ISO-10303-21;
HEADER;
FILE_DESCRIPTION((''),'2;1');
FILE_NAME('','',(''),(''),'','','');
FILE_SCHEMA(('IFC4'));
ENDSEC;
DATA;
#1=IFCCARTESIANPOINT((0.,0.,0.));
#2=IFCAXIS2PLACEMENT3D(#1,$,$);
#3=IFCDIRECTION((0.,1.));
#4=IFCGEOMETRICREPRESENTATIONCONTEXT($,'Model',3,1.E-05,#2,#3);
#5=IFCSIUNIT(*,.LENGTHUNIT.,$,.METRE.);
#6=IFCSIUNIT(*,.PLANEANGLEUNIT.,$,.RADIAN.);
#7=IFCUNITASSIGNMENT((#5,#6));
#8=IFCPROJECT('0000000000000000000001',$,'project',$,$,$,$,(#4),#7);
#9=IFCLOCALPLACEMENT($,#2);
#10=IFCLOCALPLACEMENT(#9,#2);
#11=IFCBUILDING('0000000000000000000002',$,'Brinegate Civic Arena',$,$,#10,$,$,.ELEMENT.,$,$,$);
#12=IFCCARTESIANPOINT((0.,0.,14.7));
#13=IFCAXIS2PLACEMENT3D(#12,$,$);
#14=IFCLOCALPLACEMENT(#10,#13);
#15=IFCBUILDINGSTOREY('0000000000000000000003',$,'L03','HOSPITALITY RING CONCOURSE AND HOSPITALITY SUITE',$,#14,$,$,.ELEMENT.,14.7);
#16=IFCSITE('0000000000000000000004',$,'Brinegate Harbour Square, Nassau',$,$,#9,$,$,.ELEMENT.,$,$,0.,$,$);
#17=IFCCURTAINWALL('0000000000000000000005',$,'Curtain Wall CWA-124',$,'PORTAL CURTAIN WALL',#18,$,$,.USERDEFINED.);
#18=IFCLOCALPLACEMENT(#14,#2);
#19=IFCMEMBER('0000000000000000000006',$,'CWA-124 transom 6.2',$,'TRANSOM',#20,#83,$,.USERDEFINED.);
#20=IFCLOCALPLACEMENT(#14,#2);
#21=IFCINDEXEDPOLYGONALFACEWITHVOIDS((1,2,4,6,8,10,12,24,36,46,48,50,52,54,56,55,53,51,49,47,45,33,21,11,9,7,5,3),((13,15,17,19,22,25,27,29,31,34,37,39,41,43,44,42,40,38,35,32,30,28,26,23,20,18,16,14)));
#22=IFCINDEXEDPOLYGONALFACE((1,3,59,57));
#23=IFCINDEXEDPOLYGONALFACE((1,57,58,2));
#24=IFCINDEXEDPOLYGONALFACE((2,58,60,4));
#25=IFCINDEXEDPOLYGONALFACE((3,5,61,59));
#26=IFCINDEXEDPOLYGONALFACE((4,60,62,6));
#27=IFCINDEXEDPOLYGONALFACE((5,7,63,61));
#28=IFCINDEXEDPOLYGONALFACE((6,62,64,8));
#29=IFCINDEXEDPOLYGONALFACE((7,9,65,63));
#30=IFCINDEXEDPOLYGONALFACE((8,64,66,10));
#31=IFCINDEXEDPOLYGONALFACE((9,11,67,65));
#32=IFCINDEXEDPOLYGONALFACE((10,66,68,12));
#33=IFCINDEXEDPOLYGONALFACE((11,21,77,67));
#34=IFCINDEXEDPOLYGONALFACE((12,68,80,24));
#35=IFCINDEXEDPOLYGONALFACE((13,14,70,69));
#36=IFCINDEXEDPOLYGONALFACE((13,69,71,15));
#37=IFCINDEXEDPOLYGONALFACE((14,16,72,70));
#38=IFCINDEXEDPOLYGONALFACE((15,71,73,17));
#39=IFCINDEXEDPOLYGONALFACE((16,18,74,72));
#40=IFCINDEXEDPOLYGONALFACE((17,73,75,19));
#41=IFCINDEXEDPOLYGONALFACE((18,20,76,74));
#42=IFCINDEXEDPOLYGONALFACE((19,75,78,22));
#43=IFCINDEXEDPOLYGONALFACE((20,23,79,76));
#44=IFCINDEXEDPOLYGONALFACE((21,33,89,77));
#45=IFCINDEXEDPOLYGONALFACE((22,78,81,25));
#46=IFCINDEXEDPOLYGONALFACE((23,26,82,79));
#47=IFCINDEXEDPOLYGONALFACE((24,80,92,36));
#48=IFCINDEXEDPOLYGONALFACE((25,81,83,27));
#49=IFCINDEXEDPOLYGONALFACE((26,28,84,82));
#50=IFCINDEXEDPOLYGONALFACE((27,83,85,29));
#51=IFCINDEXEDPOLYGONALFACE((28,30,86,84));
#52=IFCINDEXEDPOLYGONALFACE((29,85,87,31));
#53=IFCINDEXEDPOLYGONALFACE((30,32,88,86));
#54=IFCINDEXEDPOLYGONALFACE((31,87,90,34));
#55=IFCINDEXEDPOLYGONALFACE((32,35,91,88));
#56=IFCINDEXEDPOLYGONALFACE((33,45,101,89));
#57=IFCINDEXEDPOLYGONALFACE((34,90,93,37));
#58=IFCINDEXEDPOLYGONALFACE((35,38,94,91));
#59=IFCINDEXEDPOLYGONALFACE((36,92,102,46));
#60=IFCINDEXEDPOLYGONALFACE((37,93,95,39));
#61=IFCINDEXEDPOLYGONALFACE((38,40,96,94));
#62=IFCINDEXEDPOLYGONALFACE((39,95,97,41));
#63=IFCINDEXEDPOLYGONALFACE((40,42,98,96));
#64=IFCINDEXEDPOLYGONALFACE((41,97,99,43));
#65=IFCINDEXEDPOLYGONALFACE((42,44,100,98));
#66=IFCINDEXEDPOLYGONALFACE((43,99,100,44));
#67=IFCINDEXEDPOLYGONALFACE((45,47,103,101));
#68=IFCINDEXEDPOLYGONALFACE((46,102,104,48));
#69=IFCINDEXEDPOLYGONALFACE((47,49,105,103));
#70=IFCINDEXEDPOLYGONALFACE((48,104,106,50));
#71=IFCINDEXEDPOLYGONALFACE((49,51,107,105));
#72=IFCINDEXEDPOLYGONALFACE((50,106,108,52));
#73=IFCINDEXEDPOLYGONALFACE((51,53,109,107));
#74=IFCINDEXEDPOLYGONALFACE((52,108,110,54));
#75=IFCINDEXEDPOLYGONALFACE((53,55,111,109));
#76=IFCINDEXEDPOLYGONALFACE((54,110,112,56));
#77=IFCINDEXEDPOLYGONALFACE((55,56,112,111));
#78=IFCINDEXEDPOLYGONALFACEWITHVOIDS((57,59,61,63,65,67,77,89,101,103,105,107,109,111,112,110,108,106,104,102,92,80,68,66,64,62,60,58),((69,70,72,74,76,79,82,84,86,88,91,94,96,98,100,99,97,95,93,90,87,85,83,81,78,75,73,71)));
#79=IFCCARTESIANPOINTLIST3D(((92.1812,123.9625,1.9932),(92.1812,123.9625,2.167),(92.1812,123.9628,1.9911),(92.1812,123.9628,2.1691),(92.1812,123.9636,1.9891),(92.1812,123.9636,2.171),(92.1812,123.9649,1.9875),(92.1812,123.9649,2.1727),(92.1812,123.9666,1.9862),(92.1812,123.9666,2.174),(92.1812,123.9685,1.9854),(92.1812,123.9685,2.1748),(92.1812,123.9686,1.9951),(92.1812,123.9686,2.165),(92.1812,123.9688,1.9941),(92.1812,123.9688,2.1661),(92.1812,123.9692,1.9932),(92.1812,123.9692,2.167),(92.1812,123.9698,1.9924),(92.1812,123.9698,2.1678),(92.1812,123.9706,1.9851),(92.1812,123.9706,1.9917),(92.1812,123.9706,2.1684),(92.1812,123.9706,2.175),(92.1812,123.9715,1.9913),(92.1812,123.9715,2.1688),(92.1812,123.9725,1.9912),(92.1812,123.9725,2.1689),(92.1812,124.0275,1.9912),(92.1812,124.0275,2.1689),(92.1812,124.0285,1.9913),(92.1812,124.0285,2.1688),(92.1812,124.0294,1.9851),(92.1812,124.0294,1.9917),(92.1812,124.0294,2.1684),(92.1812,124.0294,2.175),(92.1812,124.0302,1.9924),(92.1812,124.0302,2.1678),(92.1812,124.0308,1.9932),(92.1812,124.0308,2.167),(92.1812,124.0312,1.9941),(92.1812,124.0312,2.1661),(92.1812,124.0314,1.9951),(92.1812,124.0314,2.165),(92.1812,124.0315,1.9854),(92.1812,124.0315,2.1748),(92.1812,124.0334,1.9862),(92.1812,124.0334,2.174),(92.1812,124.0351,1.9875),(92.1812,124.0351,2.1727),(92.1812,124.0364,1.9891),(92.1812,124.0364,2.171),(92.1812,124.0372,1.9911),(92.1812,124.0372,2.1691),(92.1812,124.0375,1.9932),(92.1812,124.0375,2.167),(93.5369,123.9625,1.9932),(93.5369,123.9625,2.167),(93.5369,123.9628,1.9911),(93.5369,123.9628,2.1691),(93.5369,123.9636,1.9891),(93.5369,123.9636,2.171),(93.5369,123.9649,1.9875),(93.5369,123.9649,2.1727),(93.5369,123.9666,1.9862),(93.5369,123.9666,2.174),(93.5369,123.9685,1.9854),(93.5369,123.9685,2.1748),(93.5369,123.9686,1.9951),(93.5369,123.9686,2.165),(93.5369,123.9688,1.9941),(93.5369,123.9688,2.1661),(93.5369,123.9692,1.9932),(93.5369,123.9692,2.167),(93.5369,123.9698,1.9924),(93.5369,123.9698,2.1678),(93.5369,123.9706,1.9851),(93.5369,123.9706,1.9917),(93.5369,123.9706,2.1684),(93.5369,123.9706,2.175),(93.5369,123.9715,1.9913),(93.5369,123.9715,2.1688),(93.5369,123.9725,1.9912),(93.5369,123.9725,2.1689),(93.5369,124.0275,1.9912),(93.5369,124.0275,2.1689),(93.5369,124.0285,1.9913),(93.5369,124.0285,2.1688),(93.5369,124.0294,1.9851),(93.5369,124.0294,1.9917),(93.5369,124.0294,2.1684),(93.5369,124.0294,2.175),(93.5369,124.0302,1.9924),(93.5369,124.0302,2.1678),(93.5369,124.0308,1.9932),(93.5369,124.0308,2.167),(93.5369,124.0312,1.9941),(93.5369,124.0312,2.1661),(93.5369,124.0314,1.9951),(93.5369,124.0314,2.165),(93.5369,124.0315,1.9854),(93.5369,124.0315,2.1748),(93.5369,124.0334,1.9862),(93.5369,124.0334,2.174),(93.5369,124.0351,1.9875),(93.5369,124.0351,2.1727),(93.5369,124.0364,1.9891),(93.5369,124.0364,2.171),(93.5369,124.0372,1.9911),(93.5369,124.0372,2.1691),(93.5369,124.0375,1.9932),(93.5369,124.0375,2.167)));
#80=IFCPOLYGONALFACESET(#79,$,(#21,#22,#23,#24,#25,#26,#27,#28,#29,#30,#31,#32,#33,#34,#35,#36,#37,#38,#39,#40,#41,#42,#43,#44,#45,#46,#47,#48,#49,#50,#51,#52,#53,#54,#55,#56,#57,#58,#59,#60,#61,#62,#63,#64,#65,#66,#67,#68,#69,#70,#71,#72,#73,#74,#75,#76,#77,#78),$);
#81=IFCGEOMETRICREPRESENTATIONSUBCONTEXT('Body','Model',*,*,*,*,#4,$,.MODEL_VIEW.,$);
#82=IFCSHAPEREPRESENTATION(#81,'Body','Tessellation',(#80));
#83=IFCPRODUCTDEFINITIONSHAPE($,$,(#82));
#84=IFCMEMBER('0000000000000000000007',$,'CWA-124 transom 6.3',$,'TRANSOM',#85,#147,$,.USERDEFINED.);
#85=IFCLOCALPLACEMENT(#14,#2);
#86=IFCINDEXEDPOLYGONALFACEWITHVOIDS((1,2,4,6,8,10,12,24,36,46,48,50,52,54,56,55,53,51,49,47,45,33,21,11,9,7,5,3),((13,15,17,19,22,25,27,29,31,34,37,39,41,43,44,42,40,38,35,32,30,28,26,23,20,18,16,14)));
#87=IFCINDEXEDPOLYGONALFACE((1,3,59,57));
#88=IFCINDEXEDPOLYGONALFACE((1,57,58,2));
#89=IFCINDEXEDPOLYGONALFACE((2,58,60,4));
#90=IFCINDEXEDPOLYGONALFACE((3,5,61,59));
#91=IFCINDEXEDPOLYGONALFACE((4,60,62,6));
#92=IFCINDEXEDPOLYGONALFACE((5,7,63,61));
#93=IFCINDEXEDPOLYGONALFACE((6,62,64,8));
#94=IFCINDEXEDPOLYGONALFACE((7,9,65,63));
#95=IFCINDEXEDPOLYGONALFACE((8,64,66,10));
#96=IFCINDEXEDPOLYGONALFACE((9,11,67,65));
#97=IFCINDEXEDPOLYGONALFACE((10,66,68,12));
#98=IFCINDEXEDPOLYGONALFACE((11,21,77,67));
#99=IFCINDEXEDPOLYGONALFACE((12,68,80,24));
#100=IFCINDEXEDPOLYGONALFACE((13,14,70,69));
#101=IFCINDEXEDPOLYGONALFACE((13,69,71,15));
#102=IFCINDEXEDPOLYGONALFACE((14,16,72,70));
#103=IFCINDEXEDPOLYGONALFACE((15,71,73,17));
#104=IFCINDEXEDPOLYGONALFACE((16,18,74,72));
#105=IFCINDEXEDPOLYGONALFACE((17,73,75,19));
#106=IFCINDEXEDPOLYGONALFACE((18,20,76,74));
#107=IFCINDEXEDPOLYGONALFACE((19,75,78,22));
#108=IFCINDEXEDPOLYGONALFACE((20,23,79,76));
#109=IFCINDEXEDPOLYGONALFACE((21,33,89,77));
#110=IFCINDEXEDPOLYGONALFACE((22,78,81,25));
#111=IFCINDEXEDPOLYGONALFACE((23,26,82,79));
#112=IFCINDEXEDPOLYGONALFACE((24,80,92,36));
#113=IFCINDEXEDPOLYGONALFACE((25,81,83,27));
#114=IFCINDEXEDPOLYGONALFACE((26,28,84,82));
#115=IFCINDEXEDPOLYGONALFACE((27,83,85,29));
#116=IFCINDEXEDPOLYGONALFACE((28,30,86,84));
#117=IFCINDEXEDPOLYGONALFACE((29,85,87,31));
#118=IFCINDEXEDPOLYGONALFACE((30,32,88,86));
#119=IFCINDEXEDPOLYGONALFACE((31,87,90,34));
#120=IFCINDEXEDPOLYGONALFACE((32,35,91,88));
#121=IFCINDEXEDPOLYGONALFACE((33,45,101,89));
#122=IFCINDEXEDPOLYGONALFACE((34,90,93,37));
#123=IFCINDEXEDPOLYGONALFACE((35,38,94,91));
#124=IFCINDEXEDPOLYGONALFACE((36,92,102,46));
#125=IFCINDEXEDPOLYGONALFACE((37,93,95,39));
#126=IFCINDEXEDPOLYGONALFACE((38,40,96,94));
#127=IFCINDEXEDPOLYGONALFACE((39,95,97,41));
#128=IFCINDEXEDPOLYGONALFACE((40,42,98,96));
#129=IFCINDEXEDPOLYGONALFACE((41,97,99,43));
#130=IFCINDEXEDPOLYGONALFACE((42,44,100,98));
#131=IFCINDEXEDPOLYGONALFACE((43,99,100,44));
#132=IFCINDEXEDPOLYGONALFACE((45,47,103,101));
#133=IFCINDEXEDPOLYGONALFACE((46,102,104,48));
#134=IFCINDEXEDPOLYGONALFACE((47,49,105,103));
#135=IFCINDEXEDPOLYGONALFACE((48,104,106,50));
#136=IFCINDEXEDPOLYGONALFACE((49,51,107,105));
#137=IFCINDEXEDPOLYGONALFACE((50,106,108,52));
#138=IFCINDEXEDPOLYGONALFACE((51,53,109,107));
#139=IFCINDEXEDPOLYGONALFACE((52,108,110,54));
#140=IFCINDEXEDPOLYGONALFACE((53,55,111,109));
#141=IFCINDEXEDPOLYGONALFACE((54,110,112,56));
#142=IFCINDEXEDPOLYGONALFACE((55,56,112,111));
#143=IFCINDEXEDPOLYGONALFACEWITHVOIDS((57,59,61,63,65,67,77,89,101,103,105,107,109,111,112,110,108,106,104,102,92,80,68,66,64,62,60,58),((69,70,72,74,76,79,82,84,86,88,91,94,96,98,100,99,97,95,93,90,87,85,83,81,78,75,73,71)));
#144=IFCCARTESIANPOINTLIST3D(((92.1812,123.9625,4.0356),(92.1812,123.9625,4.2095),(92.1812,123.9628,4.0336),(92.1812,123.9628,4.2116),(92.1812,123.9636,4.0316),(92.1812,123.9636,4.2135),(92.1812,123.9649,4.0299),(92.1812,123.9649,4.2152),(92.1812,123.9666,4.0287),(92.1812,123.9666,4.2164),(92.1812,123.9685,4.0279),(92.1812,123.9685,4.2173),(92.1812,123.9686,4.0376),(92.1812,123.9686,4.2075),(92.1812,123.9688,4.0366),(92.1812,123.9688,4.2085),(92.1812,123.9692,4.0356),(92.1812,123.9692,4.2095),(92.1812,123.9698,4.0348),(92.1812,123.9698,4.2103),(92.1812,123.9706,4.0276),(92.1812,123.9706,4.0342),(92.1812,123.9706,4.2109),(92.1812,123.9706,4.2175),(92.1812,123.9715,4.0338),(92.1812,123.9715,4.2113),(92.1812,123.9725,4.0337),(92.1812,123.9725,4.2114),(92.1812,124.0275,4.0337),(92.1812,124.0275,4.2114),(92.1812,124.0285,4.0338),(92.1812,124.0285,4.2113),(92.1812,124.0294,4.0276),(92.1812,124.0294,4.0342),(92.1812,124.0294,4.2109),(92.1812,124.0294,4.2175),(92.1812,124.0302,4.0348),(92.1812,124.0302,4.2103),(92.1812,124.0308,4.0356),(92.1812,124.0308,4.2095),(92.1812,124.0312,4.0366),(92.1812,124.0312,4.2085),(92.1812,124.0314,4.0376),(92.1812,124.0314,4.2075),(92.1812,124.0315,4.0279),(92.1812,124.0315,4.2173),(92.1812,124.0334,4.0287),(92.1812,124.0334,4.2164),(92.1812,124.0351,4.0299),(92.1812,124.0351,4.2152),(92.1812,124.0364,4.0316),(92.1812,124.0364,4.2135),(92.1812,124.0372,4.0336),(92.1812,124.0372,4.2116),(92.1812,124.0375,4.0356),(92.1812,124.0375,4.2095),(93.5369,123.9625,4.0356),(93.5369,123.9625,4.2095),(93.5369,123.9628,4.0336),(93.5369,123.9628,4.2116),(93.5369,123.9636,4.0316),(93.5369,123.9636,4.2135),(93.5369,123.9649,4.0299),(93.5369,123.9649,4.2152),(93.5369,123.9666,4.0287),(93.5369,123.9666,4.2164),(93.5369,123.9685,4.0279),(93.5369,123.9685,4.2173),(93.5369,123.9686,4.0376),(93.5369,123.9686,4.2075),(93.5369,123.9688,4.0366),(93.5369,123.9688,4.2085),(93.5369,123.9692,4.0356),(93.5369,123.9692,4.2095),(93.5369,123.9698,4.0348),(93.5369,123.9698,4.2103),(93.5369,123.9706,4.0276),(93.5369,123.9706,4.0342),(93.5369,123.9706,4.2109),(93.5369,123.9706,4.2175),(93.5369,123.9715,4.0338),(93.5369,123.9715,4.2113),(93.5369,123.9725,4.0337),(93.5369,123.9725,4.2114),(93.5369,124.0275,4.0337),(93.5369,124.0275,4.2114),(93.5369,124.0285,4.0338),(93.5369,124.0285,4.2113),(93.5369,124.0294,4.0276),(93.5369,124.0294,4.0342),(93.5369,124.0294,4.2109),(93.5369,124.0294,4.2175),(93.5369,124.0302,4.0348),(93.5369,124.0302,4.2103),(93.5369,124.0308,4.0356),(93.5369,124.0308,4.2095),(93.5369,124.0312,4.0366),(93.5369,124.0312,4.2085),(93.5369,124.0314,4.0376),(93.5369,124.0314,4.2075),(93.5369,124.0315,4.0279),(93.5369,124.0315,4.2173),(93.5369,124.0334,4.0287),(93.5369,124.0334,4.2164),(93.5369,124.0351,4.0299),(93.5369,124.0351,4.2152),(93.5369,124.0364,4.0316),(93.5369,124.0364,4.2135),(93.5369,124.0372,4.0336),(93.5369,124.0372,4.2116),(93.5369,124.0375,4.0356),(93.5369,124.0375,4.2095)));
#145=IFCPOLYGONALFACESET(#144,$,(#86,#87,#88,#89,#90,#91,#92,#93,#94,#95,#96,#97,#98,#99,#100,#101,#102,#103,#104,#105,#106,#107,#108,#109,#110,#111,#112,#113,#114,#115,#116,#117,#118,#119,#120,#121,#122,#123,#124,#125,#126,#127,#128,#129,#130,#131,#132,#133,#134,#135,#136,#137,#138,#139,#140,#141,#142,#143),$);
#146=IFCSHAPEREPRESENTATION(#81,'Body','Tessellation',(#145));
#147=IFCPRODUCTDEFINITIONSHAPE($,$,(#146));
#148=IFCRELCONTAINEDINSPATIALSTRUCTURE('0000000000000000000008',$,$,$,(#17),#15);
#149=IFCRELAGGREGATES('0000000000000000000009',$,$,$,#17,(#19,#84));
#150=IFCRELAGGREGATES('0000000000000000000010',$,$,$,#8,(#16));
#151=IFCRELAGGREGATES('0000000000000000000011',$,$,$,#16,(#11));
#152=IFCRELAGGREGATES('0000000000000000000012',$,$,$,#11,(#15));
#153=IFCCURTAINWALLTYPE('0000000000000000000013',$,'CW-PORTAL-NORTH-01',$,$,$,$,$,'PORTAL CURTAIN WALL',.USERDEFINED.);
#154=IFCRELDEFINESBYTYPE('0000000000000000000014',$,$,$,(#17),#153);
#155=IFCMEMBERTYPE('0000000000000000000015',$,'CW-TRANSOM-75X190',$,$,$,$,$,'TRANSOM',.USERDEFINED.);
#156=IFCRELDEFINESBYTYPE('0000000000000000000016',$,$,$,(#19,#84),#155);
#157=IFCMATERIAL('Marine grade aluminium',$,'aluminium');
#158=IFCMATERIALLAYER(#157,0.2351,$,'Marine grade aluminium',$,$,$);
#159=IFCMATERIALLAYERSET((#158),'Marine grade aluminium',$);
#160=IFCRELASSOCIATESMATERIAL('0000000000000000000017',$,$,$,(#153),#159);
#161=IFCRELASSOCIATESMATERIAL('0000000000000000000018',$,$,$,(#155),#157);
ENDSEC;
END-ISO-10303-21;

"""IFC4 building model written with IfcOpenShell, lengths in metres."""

from ifc_helpers import new_model, si_unit, direction, frame, origin, origin_2d, place, context, subcontext, project, spatial, hollow_rectangle, extrude, material, layer, layer_set, material_profile, profile_set, type_object, element, aggregate, save


model = new_model("IFC4")

# Units and contexts
model_context = context("Model", 3, precision=1e-05, world=origin(), true_north=direction((0.0, 1.0)))
body_context = subcontext(model_context, "Body", "Model", "MODEL_VIEW")
ifc_project = project(units=[si_unit("LENGTHUNIT", "METRE"), si_unit("PLANEANGLEUNIT", "RADIAN")], contexts=[model_context])

# Site, building, storey
site_placement = place(None, origin())
site = spatial("IfcSite", under=ifc_project, at=site_placement, Name="Brinegate Harbour Square, Nassau", CompositionType="ELEMENT", RefElevation=0.0)
building_placement = place(site_placement, origin())
building = spatial("IfcBuilding", under=site, at=building_placement, Name="Brinegate Civic Arena", CompositionType="ELEMENT")
storey_placement = place(building_placement, frame((0.0, 0.0, 14.7)))
storey = spatial("IfcBuildingStorey", under=building, at=storey_placement, Name="L03", Description="HOSPITALITY RING CONCOURSE AND HOSPITALITY SUITE", CompositionType="ELEMENT", Elevation=14.7)

# Curtain wall, members
ifc_material_1 = material(Name="Marine grade aluminium", Category="aluminium")
ifc_layer_1 = layer(ifc_material_1, 0.2351, Name="Marine grade aluminium")
ifc_layer_set_1 = layer_set([ifc_layer_1], Name="Marine grade aluminium")
curtain_wall_type = type_object("IfcCurtainWallType", Name="CW-PORTAL-NORTH-01", ElementType="PORTAL CURTAIN WALL", PredefinedType="USERDEFINED", material=ifc_layer_set_1)
curtain_wall_placement = place(storey_placement, origin())
curtain_wall = element("IfcCurtainWall", 1, at=curtain_wall_placement, inside=storey, type_object=curtain_wall_type, Name="Curtain Wall CWA-124", ObjectType="PORTAL CURTAIN WALL", PredefinedType="USERDEFINED")
ifc_material_profile_1 = material_profile(ifc_material_1, hollow_rectangle(XDim=0.075, YDim=0.1899, WallThickness=0.0061, InnerFilletRadius=0.0039, OuterFilletRadius=0.0081, at=origin_2d()), Name="TRN75X190")
ifc_profile_set_1 = profile_set([ifc_material_profile_1], Name="Marine grade aluminium")
member_type_1 = type_object("IfcMemberType", Name="CW-TRANSOM-75X190", ElementType="TRANSOM", PredefinedType="USERDEFINED", material=ifc_profile_set_1)
member_1_placement = place(storey_placement, frame((92.1812, 124.0, 2.0801), z_axis=(1.0, 0.0, 0.0), x_axis=(0.0, 1.0, 0.0)))
member_1 = element("IfcMember", 2, at=member_1_placement, type_object=member_type_1, Name="CWA-124 transom 6.2", ObjectType="TRANSOM", PredefinedType="USERDEFINED", context=body_context, shape_type="SweptSolid", body=[
    extrude(hollow_rectangle(XDim=0.075, YDim=0.1899, WallThickness=0.0061, InnerFilletRadius=0.0039, OuterFilletRadius=0.0081, at=origin_2d()), origin(), (0.0, 0.0, 1.0), 1.3557),
])
member_2_placement = place(storey_placement, frame((92.1812, 124.0, 4.1226), z_axis=(1.0, 0.0, 0.0), x_axis=(0.0, 1.0, 0.0)))
member_2 = element("IfcMember", 3, at=member_2_placement, type_object=member_type_1, Name="CWA-124 transom 6.3", ObjectType="TRANSOM", PredefinedType="USERDEFINED", context=body_context, shape_type="SweptSolid", body=[
    extrude(hollow_rectangle(XDim=0.075, YDim=0.1899, WallThickness=0.0061, InnerFilletRadius=0.0039, OuterFilletRadius=0.0081, at=origin_2d()), origin(), (0.0, 0.0, 1.0), 1.3557),
])

aggregate(curtain_wall, [member_1, member_2])

save(model, "model.ifc")
